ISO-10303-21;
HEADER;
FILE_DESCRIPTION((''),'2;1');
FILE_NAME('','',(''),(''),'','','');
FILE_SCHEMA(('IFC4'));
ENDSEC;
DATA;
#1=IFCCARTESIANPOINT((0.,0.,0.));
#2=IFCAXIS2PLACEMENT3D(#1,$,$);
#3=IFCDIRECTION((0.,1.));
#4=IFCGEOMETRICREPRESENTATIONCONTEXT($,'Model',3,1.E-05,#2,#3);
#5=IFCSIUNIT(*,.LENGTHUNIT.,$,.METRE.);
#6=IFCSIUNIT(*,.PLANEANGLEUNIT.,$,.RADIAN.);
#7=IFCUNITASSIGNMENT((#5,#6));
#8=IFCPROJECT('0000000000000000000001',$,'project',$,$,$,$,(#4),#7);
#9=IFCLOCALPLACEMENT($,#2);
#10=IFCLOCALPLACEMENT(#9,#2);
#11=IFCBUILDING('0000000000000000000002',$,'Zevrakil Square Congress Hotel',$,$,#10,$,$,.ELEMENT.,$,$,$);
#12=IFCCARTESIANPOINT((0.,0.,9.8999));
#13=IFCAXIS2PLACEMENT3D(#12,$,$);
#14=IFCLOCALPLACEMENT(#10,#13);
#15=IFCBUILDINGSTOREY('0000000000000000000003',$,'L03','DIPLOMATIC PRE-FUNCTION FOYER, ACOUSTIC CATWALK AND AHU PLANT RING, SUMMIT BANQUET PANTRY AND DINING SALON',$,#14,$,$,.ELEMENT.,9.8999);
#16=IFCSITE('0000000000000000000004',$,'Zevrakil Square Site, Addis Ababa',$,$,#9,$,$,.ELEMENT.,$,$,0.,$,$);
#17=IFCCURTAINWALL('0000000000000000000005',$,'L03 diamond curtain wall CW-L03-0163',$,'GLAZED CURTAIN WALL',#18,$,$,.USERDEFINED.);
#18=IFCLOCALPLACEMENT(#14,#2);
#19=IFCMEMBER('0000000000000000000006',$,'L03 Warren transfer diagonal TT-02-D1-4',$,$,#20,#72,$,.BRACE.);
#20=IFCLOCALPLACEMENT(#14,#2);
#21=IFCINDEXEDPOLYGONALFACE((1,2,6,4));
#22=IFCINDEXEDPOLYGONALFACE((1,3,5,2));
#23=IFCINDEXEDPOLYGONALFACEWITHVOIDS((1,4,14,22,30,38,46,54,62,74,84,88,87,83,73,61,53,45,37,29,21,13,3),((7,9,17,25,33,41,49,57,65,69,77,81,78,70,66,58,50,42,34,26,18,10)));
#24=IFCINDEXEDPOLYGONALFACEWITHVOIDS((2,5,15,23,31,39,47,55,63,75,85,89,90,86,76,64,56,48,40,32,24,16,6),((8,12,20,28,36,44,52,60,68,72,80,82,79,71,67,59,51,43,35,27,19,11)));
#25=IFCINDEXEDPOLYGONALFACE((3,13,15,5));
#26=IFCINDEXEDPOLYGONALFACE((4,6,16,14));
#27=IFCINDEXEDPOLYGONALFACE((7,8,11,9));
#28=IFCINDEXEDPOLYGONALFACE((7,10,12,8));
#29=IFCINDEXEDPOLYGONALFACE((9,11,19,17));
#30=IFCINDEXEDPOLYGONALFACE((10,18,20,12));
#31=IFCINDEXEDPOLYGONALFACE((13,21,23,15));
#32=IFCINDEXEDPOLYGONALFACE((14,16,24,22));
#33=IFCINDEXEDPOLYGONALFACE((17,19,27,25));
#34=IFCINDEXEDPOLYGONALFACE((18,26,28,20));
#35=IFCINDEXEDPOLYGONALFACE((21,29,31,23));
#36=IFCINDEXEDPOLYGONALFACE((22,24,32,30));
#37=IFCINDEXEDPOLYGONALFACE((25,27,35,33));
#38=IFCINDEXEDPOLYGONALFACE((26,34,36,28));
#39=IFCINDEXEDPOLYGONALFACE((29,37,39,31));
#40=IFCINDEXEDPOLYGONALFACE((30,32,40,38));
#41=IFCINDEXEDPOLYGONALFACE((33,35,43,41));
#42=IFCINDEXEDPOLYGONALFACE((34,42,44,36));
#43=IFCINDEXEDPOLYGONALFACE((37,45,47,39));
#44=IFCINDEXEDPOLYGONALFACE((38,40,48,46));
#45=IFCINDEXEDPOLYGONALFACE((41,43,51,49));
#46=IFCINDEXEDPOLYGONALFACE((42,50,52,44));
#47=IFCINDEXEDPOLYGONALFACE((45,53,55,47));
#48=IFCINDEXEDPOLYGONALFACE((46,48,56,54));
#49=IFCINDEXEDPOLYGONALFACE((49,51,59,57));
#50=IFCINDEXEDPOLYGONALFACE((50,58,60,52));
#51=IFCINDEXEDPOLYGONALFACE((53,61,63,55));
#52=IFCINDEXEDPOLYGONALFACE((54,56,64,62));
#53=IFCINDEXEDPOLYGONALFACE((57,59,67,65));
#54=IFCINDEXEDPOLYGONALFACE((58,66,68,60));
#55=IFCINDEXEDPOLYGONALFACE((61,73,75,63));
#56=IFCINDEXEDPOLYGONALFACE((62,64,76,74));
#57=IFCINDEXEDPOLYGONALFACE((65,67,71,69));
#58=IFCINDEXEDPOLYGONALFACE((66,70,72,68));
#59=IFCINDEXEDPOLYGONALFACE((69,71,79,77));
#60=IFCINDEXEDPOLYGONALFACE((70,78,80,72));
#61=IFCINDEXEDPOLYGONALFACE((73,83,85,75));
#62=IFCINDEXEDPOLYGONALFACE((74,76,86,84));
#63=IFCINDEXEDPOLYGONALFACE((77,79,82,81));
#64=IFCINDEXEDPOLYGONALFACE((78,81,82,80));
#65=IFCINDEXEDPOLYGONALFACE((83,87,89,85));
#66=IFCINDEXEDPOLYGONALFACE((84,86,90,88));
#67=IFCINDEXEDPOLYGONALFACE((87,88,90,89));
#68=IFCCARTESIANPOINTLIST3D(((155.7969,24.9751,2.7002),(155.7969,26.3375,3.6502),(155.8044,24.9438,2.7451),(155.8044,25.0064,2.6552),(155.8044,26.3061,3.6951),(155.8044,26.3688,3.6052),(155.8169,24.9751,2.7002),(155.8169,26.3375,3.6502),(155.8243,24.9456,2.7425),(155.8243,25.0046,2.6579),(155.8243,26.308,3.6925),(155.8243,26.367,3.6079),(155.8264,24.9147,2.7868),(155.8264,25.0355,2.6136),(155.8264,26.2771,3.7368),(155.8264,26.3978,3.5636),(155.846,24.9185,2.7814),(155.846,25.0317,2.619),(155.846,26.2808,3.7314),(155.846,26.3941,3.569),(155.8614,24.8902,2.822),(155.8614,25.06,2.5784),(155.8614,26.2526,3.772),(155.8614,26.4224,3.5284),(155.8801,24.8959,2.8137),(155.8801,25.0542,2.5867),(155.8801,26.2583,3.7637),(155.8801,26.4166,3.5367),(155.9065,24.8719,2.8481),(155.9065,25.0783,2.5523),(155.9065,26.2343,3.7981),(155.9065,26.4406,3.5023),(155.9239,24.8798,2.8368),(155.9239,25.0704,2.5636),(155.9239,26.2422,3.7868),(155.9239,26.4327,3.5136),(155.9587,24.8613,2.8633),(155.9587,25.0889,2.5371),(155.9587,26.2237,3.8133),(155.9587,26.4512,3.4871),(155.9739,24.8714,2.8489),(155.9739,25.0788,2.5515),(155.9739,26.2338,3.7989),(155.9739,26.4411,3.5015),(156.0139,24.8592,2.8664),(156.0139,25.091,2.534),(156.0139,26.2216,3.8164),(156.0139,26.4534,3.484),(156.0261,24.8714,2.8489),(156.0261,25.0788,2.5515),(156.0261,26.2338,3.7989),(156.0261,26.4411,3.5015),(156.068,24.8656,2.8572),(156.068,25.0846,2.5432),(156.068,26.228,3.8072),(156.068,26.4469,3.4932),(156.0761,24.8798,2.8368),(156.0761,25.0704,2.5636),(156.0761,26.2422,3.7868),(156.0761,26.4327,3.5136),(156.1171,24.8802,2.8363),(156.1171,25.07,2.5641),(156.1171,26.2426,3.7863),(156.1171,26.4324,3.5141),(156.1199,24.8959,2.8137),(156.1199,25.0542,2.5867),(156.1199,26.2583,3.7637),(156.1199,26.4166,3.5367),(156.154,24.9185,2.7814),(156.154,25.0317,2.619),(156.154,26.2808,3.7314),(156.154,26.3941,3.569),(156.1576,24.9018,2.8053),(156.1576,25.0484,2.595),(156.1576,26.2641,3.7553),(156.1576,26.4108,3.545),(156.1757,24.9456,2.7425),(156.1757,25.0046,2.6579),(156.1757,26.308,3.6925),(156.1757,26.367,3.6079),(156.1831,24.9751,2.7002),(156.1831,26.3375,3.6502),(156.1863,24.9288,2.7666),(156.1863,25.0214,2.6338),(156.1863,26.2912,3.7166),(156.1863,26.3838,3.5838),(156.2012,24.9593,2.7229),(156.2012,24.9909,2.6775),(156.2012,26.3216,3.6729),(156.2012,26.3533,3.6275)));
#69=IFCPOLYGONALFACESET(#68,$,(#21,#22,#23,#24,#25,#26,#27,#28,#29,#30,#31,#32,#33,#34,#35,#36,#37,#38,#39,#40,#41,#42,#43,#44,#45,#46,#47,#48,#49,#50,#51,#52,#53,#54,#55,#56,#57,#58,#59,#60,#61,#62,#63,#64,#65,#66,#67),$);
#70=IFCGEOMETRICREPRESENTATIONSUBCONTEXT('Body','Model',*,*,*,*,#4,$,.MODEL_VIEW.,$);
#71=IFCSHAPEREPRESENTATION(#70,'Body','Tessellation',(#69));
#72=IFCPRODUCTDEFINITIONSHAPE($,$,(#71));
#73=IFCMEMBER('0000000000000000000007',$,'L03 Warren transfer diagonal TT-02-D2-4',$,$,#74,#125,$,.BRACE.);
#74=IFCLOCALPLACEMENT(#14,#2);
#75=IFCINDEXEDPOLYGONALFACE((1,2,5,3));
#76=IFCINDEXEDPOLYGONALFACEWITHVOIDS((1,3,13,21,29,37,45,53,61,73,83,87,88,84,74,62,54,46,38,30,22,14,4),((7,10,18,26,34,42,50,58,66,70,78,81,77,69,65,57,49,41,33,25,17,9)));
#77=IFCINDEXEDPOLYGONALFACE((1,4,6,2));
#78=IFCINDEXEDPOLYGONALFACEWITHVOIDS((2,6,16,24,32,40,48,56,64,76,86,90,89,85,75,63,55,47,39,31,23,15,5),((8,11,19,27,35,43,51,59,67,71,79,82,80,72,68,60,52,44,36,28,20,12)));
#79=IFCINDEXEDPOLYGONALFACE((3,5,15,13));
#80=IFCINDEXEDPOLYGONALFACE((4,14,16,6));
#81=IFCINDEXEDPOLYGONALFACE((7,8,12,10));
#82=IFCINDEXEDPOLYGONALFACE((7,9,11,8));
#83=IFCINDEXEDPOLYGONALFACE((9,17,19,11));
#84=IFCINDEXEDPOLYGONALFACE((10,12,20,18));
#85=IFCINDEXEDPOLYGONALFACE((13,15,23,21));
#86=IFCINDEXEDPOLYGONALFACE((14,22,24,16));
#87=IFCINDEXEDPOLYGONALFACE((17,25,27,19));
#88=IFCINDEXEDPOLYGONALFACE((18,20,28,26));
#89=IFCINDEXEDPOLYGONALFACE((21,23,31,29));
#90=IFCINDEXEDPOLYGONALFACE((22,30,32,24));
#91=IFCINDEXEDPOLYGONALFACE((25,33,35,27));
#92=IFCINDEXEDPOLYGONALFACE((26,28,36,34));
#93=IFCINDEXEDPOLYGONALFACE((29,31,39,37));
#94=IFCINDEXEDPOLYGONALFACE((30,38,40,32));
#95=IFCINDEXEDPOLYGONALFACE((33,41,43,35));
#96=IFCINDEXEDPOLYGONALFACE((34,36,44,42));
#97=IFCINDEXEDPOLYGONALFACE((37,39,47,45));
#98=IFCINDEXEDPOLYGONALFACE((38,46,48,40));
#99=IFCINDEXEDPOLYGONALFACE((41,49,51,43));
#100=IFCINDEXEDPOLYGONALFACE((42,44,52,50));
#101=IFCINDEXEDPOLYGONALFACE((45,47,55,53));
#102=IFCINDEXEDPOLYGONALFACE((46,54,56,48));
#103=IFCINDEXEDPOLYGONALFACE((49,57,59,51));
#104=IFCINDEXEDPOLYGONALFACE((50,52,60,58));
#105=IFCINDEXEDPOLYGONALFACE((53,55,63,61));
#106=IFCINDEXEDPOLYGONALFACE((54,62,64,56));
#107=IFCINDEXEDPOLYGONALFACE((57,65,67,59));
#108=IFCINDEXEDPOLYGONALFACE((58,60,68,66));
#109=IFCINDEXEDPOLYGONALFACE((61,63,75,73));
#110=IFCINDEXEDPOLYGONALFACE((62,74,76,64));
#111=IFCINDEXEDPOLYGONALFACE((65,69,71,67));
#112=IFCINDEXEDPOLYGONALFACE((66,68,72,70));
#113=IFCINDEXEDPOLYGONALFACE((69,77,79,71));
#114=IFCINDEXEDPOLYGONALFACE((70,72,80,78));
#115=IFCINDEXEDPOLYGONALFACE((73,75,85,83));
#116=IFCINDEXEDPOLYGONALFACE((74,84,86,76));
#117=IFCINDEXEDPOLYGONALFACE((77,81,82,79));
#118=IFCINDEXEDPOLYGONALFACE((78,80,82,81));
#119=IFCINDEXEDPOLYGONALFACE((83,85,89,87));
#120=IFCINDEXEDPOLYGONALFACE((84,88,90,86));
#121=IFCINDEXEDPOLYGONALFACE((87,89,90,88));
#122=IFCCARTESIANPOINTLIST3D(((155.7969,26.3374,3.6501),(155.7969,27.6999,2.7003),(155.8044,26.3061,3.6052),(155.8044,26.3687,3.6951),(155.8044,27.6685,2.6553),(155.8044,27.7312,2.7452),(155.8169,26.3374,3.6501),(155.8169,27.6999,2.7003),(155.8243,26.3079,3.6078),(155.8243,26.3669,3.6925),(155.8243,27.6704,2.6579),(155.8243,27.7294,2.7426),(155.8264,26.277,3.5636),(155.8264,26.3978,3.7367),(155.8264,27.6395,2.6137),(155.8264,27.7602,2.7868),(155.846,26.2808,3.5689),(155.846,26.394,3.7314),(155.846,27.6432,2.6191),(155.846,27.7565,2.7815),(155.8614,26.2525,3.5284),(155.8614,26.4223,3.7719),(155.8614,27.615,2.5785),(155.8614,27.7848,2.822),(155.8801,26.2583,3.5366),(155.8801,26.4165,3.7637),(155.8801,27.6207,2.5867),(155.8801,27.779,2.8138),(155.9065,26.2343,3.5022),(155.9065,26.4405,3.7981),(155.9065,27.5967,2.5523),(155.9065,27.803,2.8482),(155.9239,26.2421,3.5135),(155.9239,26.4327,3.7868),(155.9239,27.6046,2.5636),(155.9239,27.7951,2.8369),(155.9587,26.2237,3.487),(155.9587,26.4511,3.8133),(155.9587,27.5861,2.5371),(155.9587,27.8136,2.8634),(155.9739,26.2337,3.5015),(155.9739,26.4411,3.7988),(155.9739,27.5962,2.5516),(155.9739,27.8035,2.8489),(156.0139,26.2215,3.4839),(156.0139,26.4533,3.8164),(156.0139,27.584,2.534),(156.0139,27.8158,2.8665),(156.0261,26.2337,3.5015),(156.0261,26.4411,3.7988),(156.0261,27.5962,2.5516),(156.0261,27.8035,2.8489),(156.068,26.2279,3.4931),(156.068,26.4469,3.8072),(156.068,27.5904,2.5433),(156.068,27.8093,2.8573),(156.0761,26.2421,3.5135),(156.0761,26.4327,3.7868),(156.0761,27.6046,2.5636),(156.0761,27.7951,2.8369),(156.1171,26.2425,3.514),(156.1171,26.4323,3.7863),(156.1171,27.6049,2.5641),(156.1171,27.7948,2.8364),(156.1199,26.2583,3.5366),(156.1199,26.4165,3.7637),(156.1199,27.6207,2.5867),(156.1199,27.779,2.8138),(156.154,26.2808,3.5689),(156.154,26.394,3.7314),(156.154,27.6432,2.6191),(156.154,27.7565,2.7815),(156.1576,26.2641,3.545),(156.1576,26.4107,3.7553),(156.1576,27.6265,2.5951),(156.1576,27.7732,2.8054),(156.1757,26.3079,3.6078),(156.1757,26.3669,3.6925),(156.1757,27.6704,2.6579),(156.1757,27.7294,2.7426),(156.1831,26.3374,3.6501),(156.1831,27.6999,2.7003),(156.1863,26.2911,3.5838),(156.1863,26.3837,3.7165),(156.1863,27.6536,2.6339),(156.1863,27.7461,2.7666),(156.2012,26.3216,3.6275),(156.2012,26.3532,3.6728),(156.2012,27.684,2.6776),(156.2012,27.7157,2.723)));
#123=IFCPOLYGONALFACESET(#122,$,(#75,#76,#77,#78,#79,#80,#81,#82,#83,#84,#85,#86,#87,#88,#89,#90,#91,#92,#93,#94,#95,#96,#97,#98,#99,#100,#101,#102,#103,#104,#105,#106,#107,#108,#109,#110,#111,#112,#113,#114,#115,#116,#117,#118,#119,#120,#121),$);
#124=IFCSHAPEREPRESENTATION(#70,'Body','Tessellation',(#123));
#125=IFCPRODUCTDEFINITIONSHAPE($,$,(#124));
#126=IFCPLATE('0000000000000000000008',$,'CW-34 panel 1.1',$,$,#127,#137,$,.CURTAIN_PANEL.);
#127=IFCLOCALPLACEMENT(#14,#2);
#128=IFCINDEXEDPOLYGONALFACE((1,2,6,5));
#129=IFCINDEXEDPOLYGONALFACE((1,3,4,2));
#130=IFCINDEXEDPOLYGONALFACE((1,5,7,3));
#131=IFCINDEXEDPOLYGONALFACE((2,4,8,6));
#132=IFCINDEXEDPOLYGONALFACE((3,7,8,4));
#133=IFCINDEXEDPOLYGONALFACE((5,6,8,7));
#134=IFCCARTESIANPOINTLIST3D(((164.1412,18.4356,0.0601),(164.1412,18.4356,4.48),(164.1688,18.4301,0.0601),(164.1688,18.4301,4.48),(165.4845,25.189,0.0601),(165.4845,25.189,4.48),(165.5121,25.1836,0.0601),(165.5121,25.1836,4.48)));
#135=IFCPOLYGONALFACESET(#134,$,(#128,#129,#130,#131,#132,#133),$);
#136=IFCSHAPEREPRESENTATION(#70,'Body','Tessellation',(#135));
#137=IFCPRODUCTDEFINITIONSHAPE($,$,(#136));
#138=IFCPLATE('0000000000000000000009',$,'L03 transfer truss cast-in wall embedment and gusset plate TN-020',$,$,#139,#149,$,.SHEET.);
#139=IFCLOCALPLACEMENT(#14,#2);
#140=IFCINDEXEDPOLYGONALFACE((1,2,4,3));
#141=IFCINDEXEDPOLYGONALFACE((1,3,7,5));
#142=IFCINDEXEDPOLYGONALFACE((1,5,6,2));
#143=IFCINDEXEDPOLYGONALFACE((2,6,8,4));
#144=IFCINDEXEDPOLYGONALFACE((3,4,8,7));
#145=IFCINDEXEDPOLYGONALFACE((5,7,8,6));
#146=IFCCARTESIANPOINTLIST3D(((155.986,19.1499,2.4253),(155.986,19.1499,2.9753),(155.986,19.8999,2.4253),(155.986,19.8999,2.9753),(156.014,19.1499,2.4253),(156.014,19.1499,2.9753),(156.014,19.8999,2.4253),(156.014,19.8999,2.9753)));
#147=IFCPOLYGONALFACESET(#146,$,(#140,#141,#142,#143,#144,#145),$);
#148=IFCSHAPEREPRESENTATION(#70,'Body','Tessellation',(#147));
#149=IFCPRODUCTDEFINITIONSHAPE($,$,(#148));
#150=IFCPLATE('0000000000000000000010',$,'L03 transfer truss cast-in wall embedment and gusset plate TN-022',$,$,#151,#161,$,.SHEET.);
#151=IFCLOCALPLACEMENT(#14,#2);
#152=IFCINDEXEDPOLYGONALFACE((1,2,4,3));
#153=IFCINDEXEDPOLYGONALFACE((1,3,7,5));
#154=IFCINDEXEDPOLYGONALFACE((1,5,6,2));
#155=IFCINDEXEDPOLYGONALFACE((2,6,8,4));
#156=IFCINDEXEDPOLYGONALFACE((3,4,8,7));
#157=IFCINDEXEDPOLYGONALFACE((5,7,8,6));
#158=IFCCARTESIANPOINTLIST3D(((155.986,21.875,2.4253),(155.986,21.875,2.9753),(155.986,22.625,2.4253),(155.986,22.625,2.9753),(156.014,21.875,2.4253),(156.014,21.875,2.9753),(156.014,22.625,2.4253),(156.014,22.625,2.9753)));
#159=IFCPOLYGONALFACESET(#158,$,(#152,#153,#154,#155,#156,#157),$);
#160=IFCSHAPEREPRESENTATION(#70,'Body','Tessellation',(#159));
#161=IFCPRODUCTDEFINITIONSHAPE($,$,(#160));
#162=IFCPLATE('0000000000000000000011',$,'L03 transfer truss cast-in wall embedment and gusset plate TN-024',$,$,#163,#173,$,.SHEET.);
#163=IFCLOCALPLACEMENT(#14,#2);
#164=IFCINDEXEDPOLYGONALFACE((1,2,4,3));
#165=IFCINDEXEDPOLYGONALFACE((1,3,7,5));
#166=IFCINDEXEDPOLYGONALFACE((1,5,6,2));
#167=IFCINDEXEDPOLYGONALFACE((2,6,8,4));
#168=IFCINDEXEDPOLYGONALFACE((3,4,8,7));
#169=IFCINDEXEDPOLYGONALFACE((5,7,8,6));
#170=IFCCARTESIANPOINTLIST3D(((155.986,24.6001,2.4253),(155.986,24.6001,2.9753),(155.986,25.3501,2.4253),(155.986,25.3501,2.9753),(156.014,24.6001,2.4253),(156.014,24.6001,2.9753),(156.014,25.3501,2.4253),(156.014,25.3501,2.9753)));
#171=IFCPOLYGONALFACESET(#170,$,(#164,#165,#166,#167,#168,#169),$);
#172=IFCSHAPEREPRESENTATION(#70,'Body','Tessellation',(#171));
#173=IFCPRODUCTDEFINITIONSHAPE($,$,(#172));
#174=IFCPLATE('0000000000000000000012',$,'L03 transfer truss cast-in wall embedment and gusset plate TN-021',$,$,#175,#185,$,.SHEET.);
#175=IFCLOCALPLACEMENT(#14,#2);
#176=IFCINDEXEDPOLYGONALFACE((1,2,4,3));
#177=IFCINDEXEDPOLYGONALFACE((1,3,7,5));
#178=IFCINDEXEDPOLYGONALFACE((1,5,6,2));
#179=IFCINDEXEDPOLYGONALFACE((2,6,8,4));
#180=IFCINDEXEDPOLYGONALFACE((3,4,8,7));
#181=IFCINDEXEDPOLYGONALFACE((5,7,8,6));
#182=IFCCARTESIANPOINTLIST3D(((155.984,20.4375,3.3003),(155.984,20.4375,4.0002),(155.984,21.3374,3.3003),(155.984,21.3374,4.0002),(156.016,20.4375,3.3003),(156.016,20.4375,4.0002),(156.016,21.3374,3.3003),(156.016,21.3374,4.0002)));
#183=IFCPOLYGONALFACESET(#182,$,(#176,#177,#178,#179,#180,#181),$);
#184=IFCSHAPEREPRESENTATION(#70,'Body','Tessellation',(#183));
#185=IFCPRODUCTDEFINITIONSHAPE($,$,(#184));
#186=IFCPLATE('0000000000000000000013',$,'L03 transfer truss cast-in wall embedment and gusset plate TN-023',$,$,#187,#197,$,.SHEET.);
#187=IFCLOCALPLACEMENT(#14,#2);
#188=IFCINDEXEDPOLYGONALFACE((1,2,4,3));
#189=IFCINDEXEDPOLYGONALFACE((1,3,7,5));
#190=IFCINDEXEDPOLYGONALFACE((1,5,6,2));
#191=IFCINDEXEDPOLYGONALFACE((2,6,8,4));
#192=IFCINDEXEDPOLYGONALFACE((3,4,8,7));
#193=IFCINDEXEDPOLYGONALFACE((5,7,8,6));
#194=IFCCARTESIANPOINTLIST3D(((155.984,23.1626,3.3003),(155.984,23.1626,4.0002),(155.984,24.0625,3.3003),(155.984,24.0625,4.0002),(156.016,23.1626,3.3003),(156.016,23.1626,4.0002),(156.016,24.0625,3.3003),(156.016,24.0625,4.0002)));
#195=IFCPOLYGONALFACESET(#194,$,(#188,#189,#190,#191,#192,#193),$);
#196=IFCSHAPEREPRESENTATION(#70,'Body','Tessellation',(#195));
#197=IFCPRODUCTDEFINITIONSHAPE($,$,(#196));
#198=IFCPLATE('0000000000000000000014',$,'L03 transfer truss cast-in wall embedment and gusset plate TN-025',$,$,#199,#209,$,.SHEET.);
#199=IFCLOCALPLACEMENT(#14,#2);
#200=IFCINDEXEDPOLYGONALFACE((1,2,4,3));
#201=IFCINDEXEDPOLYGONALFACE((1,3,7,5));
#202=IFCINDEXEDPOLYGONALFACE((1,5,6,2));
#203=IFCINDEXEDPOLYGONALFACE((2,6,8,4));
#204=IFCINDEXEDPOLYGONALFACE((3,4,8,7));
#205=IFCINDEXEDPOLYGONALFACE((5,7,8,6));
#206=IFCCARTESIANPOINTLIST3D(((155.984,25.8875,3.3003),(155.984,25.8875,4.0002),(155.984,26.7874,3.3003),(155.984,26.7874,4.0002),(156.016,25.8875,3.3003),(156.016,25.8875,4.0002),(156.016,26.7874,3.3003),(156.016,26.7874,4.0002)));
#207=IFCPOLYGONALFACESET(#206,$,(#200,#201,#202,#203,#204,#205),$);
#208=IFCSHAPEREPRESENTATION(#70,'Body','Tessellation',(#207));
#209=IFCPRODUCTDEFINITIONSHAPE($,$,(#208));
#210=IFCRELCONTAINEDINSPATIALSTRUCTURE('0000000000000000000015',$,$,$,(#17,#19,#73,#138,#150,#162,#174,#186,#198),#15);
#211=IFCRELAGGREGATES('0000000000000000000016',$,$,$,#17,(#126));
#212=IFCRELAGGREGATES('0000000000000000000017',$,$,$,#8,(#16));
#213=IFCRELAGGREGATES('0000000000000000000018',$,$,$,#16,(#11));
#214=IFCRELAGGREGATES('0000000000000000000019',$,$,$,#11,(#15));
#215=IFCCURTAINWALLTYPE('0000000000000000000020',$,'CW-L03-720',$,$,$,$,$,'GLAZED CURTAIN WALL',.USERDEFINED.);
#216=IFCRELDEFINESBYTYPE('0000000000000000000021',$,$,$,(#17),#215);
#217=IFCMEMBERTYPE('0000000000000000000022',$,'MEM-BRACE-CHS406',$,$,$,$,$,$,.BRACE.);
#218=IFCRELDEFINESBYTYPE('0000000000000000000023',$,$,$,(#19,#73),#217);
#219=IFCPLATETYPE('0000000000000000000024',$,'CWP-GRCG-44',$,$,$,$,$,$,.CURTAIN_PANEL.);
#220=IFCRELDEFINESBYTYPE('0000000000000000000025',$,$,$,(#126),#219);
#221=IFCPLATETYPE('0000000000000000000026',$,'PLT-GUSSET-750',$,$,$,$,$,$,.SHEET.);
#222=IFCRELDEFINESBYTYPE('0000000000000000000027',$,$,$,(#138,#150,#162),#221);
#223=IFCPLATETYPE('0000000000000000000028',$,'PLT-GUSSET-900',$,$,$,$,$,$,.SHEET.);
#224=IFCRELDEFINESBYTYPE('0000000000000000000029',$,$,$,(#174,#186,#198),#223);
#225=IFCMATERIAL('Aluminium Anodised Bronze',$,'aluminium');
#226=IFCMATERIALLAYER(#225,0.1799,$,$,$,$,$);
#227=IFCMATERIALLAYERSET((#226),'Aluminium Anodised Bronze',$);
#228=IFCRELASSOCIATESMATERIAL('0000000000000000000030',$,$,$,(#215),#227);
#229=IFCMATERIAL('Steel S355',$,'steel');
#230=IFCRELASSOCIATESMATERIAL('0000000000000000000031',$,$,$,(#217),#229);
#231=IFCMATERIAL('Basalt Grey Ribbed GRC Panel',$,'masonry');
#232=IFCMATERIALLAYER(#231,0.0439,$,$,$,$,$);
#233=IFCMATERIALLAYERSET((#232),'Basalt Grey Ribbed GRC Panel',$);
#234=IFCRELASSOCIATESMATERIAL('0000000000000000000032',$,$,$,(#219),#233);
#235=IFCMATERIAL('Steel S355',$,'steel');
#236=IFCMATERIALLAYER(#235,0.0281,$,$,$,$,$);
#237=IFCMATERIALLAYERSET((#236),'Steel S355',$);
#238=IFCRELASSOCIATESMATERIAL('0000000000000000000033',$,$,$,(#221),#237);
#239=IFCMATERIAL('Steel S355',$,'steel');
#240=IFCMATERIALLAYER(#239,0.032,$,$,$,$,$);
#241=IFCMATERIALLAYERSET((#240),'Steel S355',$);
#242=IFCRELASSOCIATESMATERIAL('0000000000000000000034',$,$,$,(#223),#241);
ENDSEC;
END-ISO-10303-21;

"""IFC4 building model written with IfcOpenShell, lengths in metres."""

from ifc_helpers import new_model, si_unit, direction, frame, origin, origin_2d, place, context, subcontext, project, spatial, rectangle, hollow_circle, extrude, material, layer, layer_set, material_profile, profile_set, type_object, element, aggregate, save


model = new_model("IFC4")

# Units and contexts
model_context = context("Model", 3, precision=1e-05, world=origin(), true_north=direction((0.0, 1.0)))
body_context = subcontext(model_context, "Body", "Model", "MODEL_VIEW")
ifc_project = project(units=[si_unit("LENGTHUNIT", "METRE"), si_unit("PLANEANGLEUNIT", "RADIAN")], contexts=[model_context])

# Site, building, storey
site_placement = place(None, origin())
site = spatial("IfcSite", under=ifc_project, at=site_placement, Name="Zevrakil Square Site, Addis Ababa", CompositionType="ELEMENT", RefElevation=0.0)
building_placement = place(site_placement, origin())
building = spatial("IfcBuilding", under=site, at=building_placement, Name="Zevrakil Square Congress Hotel", CompositionType="ELEMENT")
storey_placement = place(building_placement, frame((0.0, 0.0, 9.8999)))
storey = spatial("IfcBuildingStorey", under=building, at=storey_placement, Name="L03", Description="DIPLOMATIC PRE-FUNCTION FOYER, ACOUSTIC CATWALK AND AHU PLANT RING, SUMMIT BANQUET PANTRY AND DINING SALON", CompositionType="ELEMENT", Elevation=9.8999)

# Curtain wall
ifc_material_1 = material(Name="Aluminium Anodised Bronze", Category="aluminium")
ifc_layer_1 = layer(ifc_material_1, 0.1799)
ifc_layer_set_1 = layer_set([ifc_layer_1], Name="Aluminium Anodised Bronze")
curtain_wall_type = type_object("IfcCurtainWallType", Name="CW-L03-720", ElementType="GLAZED CURTAIN WALL", PredefinedType="USERDEFINED", material=ifc_layer_set_1)
curtain_wall_placement = place(storey_placement, origin())
curtain_wall = element("IfcCurtainWall", 1, at=curtain_wall_placement, inside=storey, type_object=curtain_wall_type, Name="L03 diamond curtain wall CW-L03-0163", ObjectType="GLAZED CURTAIN WALL", PredefinedType="USERDEFINED")

# Members
ifc_material_2 = material(Name="Steel S355", Category="steel")
ifc_material_profile_1 = material_profile(ifc_material_2, hollow_circle(Radius=0.2031, WallThickness=0.02, at=origin_2d()), Name="CHS 406.4x20")
ifc_profile_set_1 = profile_set([ifc_material_profile_1], Name="Steel S355")
member_type_1 = type_object("IfcMemberType", Name="MEM-BRACE-CHS406", PredefinedType="BRACE", material=ifc_profile_set_1)
for number, where, z_axis, x_axis, name in (
    (2, (156.0, 24.9751, 2.7002), (0.0, 0.820266, 0.571982), (-1.0, 0.0, 0.0), "L03 Warren transfer diagonal TT-02-D1-4"),
    (3, (156.0, 26.3374, 3.6501), (0.0, 0.820315, -0.571913), (-1.0, 0.0, 0.0), "L03 Warren transfer diagonal TT-02-D2-4"),
):
    element("IfcMember", number, at=place(storey_placement, frame(where, z_axis=z_axis, x_axis=x_axis)), inside=storey, type_object=member_type_1, Name=name, PredefinedType="BRACE", context=body_context, shape_type="SweptSolid", body=[
        extrude(hollow_circle(Radius=0.2031, WallThickness=0.02, at=origin_2d()), origin(), (0.0, 0.0, 1.0), 1.6609),
    ])

# Plate
ifc_material_3 = material(Name="Basalt Grey Ribbed GRC Panel", Category="masonry")
ifc_layer_2 = layer(ifc_material_3, 0.0439)
ifc_layer_set_2 = layer_set([ifc_layer_2], Name="Basalt Grey Ribbed GRC Panel")
plate_type_1 = type_object("IfcPlateType", Name="CWP-GRCG-44", PredefinedType="CURTAIN_PANEL", material=ifc_layer_set_2)
plate_placement = place(storey_placement, frame((164.8267, 21.8096, 0.0601), z_axis=(0.0, 0.0, 1.0), x_axis=(0.195084, 0.980787, 0.0)))
plate = element("IfcPlate", 4, at=plate_placement, type_object=plate_type_1, Name="CW-34 panel 1.1", PredefinedType="CURTAIN_PANEL", context=body_context, shape_type="SweptSolid", body=[
    extrude(rectangle(XDim=6.8857, YDim=0.0281, at=origin_2d()), origin(), (0.0, 0.0, 1.0), 4.4199),
])
aggregate(curtain_wall, [plate])

# Plates
ifc_material_4 = material(Name="Steel S355", Category="steel")
ifc_layer_3 = layer(ifc_material_4, 0.0281)
ifc_layer_set_3 = layer_set([ifc_layer_3], Name="Steel S355")
plate_type_2 = type_object("IfcPlateType", Name="PLT-GUSSET-750", PredefinedType="SHEET", material=ifc_layer_set_3)
for number, where, z_axis, x_axis, name in (
    (5, (156.0, 19.5249, 2.4253), (0.0, 0.0, 1.0), (0.0, 1.0, 0.0), "L03 transfer truss cast-in wall embedment and gusset plate TN-020"),
    (6, (156.0, 22.25, 2.4253), (0.0, 0.0, 1.0), (0.0, 1.0, 0.0), "L03 transfer truss cast-in wall embedment and gusset plate TN-022"),
    (7, (156.0, 24.9751, 2.4253), (0.0, 0.0, 1.0), (0.0, 1.0, 0.0), "L03 transfer truss cast-in wall embedment and gusset plate TN-024"),
):
    element("IfcPlate", number, at=place(storey_placement, frame(where, z_axis=z_axis, x_axis=x_axis)), inside=storey, type_object=plate_type_2, Name=name, PredefinedType="SHEET", context=body_context, shape_type="SweptSolid", body=[
        extrude(rectangle(XDim=0.75, YDim=0.0281, at=origin_2d()), origin(), (0.0, 0.0, 1.0), 0.55),
    ])
ifc_material_5 = material(Name="Steel S355", Category="steel")
ifc_layer_4 = layer(ifc_material_5, 0.032)
ifc_layer_set_4 = layer_set([ifc_layer_4], Name="Steel S355")
plate_type_3 = type_object("IfcPlateType", Name="PLT-GUSSET-900", PredefinedType="SHEET", material=ifc_layer_set_4)
for number, where, z_axis, x_axis, name in (
    (8, (156.0, 20.8875, 3.3003), (0.0, 0.0, 1.0), (0.0, 1.0, 0.0), "L03 transfer truss cast-in wall embedment and gusset plate TN-021"),
    (9, (156.0, 23.6125, 3.3003), (0.0, 0.0, 1.0), (0.0, 1.0, 0.0), "L03 transfer truss cast-in wall embedment and gusset plate TN-023"),
    (10, (156.0, 26.3374, 3.3003), (0.0, 0.0, 1.0), (0.0, 1.0, 0.0), "L03 transfer truss cast-in wall embedment and gusset plate TN-025"),
):
    element("IfcPlate", number, at=place(storey_placement, frame(where, z_axis=z_axis, x_axis=x_axis)), inside=storey, type_object=plate_type_3, Name=name, PredefinedType="SHEET", context=body_context, shape_type="SweptSolid", body=[
        extrude(rectangle(XDim=0.8999, YDim=0.032, at=origin_2d()), origin(), (0.0, 0.0, 1.0), 0.7),
    ])

save(model, "model.ifc")
